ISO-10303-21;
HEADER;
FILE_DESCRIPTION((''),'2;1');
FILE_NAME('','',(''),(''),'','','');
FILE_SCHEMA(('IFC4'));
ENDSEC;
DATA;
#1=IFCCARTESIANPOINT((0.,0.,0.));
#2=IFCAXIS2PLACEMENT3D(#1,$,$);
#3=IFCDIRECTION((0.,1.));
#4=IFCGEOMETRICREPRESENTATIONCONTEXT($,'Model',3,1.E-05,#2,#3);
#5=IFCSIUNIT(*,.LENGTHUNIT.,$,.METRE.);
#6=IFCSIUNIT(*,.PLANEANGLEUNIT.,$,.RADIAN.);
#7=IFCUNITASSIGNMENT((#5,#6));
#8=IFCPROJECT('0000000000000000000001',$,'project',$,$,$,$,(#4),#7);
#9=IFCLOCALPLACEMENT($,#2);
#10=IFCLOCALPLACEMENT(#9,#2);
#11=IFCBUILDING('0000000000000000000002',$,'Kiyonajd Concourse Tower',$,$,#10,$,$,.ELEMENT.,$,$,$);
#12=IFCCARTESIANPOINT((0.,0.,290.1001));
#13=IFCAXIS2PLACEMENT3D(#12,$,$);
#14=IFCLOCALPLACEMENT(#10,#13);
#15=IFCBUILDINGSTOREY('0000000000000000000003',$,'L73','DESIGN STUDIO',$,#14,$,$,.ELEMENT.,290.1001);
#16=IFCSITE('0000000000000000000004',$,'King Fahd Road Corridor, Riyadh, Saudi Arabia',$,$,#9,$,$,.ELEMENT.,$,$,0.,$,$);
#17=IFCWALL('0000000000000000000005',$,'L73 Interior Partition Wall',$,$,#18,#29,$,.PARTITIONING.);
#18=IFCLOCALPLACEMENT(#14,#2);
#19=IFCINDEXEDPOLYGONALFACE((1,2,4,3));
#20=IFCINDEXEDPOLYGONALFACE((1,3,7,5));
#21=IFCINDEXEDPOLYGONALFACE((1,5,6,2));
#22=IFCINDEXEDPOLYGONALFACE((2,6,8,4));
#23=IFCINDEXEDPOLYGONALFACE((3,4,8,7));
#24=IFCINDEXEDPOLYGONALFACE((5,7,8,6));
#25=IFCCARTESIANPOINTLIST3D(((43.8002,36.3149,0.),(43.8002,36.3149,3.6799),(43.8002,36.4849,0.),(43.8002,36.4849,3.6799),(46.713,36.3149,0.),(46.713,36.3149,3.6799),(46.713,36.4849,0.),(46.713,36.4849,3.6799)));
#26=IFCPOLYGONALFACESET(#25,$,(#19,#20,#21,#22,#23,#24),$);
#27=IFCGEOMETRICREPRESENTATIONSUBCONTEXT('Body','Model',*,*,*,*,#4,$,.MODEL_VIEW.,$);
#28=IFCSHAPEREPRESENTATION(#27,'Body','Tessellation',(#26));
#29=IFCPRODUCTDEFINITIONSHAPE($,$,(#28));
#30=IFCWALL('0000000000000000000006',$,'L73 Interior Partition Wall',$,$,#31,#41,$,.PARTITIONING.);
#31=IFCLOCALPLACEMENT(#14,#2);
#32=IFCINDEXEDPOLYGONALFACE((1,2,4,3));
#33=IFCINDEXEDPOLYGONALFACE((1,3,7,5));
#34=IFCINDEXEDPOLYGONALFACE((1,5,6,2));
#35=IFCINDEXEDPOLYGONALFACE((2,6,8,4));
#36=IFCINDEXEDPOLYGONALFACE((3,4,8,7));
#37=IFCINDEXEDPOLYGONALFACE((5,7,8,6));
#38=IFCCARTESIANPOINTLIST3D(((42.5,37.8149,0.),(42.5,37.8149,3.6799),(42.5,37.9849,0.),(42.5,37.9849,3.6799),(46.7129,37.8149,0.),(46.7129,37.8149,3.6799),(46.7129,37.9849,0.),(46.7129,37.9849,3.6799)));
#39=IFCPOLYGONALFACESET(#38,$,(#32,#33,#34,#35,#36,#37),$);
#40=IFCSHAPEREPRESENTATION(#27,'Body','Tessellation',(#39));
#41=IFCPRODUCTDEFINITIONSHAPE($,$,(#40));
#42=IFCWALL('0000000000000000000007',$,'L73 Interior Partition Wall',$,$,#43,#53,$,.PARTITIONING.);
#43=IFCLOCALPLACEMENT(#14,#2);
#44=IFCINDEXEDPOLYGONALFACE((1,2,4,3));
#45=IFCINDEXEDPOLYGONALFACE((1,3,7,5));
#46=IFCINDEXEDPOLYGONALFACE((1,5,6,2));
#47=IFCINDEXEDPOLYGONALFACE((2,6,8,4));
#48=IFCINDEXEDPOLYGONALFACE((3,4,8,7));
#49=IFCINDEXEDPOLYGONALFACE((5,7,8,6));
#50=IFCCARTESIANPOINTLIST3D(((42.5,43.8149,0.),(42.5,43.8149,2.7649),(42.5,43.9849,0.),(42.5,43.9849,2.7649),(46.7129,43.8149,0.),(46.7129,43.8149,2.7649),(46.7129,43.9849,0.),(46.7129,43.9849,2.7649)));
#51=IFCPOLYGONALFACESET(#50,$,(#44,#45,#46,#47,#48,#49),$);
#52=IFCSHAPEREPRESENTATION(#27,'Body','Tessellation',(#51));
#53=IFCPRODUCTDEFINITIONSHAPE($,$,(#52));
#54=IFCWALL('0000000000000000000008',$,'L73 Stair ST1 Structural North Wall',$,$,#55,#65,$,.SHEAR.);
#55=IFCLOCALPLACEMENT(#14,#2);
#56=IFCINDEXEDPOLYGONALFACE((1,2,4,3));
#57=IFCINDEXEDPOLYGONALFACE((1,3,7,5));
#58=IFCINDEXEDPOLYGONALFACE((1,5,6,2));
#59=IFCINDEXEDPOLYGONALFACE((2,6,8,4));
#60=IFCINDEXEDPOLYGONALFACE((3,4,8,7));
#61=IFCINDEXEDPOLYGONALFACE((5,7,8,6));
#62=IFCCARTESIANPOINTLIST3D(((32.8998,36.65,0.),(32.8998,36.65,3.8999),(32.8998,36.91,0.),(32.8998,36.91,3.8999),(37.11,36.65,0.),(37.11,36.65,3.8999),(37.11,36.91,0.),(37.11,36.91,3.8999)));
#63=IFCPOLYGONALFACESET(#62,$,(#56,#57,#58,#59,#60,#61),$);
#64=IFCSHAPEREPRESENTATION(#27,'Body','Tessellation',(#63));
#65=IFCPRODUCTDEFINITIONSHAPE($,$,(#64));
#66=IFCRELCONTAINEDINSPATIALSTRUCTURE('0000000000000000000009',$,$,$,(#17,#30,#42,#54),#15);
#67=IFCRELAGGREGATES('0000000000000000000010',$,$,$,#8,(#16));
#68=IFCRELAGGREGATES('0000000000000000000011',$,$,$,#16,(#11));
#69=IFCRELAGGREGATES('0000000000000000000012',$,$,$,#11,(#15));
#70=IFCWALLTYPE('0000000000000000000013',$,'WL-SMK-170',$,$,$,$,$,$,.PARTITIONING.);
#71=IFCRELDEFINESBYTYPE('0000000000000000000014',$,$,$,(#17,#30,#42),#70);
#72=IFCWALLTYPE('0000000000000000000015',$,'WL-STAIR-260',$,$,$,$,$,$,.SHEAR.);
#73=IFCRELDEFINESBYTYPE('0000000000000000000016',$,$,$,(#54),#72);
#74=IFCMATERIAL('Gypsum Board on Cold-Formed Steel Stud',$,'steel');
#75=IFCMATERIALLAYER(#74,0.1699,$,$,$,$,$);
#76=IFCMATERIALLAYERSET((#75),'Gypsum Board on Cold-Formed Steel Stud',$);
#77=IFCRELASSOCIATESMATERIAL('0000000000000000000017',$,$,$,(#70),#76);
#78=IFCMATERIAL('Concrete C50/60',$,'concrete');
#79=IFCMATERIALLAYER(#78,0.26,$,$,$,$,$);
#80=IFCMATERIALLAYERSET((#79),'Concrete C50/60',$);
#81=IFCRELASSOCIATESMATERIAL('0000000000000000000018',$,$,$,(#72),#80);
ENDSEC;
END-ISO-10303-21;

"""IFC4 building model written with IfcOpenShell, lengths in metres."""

from ifc_helpers import new_model, si_unit, direction, frame, frame_2d, origin, place, context, subcontext, project, spatial, rectangle, extrude, material, layer, layer_set, type_object, element, save


model = new_model("IFC4")

# Units and contexts
model_context = context("Model", 3, precision=1e-05, world=origin(), true_north=direction((0.0, 1.0)))
body_context = subcontext(model_context, "Body", "Model", "MODEL_VIEW")
ifc_project = project(units=[si_unit("LENGTHUNIT", "METRE"), si_unit("PLANEANGLEUNIT", "RADIAN")], contexts=[model_context])

# Site, building, storey
site_placement = place(None, origin())
site = spatial("IfcSite", under=ifc_project, at=site_placement, Name="King Fahd Road Corridor, Riyadh, Saudi Arabia", CompositionType="ELEMENT", RefElevation=0.0)
building_placement = place(site_placement, origin())
building = spatial("IfcBuilding", under=site, at=building_placement, Name="Kiyonajd Concourse Tower", CompositionType="ELEMENT")
storey_placement = place(building_placement, frame((0.0, 0.0, 290.1001)))
storey = spatial("IfcBuildingStorey", under=building, at=storey_placement, Name="L73", Description="DESIGN STUDIO", CompositionType="ELEMENT", Elevation=290.1001)

# Shared definitions
ifc_material_1 = material(Name="Gypsum Board on Cold-Formed Steel Stud", Category="steel")

# Shared definitions
ifc_layer_1 = layer(ifc_material_1, 0.1699)
ifc_layer_set_1 = layer_set([ifc_layer_1], Name="Gypsum Board on Cold-Formed Steel Stud")
wall_type_1 = type_object("IfcWallType", Name="WL-SMK-170", PredefinedType="PARTITIONING", material=ifc_layer_set_1)

# Walls
wall_1_placement = place(storey_placement, frame((43.8, 36.3999, 0.0), z_axis=(0.0, 0.0, 1.0), x_axis=(1.0, 0.0, 0.0)))
element("IfcWall", 1, at=wall_1_placement, inside=storey, type_object=wall_type_1, Name="L73 Interior Partition Wall", PredefinedType="PARTITIONING", context=body_context, shape_type="SweptSolid", body=[
    extrude(rectangle(XDim=2.9128, YDim=0.1699, at=frame_2d((1.4565, 0.0))), origin(), (0.0, 0.0, 1.0), 3.6799),
])
wall_2_placement = place(storey_placement, frame((42.5, 37.8999, 0.0), z_axis=(0.0, 0.0, 1.0), x_axis=(1.0, 0.0, 0.0)))
element("IfcWall", 2, at=wall_2_placement, inside=storey, type_object=wall_type_1, Name="L73 Interior Partition Wall", PredefinedType="PARTITIONING", context=body_context, shape_type="SweptSolid", body=[
    extrude(rectangle(XDim=4.2129, YDim=0.1699, at=frame_2d((2.1064, 0.0))), origin(), (0.0, 0.0, 1.0), 3.6799),
])
wall_3_placement = place(storey_placement, frame((42.5, 43.8999, 0.0), z_axis=(0.0, 0.0, 1.0), x_axis=(1.0, 0.0, 0.0)))
element("IfcWall", 3, at=wall_3_placement, inside=storey, type_object=wall_type_1, Name="L73 Interior Partition Wall", PredefinedType="PARTITIONING", context=body_context, shape_type="SweptSolid", body=[
    extrude(rectangle(XDim=4.2129, YDim=0.1699, at=frame_2d((2.1064, 0.0))), origin(), (0.0, 0.0, 1.0), 2.7649),
])
ifc_material_2 = material(Name="Concrete C50/60", Category="concrete")
ifc_layer_2 = layer(ifc_material_2, 0.26)
ifc_layer_set_2 = layer_set([ifc_layer_2], Name="Concrete C50/60")
wall_type_2 = type_object("IfcWallType", Name="WL-STAIR-260", PredefinedType="SHEAR", material=ifc_layer_set_2)
wall_4_placement = place(storey_placement, frame((32.8999, 36.78, 0.0), z_axis=(0.0, 0.0, 1.0), x_axis=(1.0, 0.0, 0.0)))
element("IfcWall", 4, at=wall_4_placement, inside=storey, type_object=wall_type_2, Name="L73 Stair ST1 Structural North Wall", PredefinedType="SHEAR", context=body_context, shape_type="SweptSolid", body=[
    extrude(rectangle(XDim=4.2102, YDim=0.26, at=frame_2d((2.105, 0.0))), origin(), (0.0, 0.0, 1.0), 3.8999),
])

save(model, "model.ifc")
